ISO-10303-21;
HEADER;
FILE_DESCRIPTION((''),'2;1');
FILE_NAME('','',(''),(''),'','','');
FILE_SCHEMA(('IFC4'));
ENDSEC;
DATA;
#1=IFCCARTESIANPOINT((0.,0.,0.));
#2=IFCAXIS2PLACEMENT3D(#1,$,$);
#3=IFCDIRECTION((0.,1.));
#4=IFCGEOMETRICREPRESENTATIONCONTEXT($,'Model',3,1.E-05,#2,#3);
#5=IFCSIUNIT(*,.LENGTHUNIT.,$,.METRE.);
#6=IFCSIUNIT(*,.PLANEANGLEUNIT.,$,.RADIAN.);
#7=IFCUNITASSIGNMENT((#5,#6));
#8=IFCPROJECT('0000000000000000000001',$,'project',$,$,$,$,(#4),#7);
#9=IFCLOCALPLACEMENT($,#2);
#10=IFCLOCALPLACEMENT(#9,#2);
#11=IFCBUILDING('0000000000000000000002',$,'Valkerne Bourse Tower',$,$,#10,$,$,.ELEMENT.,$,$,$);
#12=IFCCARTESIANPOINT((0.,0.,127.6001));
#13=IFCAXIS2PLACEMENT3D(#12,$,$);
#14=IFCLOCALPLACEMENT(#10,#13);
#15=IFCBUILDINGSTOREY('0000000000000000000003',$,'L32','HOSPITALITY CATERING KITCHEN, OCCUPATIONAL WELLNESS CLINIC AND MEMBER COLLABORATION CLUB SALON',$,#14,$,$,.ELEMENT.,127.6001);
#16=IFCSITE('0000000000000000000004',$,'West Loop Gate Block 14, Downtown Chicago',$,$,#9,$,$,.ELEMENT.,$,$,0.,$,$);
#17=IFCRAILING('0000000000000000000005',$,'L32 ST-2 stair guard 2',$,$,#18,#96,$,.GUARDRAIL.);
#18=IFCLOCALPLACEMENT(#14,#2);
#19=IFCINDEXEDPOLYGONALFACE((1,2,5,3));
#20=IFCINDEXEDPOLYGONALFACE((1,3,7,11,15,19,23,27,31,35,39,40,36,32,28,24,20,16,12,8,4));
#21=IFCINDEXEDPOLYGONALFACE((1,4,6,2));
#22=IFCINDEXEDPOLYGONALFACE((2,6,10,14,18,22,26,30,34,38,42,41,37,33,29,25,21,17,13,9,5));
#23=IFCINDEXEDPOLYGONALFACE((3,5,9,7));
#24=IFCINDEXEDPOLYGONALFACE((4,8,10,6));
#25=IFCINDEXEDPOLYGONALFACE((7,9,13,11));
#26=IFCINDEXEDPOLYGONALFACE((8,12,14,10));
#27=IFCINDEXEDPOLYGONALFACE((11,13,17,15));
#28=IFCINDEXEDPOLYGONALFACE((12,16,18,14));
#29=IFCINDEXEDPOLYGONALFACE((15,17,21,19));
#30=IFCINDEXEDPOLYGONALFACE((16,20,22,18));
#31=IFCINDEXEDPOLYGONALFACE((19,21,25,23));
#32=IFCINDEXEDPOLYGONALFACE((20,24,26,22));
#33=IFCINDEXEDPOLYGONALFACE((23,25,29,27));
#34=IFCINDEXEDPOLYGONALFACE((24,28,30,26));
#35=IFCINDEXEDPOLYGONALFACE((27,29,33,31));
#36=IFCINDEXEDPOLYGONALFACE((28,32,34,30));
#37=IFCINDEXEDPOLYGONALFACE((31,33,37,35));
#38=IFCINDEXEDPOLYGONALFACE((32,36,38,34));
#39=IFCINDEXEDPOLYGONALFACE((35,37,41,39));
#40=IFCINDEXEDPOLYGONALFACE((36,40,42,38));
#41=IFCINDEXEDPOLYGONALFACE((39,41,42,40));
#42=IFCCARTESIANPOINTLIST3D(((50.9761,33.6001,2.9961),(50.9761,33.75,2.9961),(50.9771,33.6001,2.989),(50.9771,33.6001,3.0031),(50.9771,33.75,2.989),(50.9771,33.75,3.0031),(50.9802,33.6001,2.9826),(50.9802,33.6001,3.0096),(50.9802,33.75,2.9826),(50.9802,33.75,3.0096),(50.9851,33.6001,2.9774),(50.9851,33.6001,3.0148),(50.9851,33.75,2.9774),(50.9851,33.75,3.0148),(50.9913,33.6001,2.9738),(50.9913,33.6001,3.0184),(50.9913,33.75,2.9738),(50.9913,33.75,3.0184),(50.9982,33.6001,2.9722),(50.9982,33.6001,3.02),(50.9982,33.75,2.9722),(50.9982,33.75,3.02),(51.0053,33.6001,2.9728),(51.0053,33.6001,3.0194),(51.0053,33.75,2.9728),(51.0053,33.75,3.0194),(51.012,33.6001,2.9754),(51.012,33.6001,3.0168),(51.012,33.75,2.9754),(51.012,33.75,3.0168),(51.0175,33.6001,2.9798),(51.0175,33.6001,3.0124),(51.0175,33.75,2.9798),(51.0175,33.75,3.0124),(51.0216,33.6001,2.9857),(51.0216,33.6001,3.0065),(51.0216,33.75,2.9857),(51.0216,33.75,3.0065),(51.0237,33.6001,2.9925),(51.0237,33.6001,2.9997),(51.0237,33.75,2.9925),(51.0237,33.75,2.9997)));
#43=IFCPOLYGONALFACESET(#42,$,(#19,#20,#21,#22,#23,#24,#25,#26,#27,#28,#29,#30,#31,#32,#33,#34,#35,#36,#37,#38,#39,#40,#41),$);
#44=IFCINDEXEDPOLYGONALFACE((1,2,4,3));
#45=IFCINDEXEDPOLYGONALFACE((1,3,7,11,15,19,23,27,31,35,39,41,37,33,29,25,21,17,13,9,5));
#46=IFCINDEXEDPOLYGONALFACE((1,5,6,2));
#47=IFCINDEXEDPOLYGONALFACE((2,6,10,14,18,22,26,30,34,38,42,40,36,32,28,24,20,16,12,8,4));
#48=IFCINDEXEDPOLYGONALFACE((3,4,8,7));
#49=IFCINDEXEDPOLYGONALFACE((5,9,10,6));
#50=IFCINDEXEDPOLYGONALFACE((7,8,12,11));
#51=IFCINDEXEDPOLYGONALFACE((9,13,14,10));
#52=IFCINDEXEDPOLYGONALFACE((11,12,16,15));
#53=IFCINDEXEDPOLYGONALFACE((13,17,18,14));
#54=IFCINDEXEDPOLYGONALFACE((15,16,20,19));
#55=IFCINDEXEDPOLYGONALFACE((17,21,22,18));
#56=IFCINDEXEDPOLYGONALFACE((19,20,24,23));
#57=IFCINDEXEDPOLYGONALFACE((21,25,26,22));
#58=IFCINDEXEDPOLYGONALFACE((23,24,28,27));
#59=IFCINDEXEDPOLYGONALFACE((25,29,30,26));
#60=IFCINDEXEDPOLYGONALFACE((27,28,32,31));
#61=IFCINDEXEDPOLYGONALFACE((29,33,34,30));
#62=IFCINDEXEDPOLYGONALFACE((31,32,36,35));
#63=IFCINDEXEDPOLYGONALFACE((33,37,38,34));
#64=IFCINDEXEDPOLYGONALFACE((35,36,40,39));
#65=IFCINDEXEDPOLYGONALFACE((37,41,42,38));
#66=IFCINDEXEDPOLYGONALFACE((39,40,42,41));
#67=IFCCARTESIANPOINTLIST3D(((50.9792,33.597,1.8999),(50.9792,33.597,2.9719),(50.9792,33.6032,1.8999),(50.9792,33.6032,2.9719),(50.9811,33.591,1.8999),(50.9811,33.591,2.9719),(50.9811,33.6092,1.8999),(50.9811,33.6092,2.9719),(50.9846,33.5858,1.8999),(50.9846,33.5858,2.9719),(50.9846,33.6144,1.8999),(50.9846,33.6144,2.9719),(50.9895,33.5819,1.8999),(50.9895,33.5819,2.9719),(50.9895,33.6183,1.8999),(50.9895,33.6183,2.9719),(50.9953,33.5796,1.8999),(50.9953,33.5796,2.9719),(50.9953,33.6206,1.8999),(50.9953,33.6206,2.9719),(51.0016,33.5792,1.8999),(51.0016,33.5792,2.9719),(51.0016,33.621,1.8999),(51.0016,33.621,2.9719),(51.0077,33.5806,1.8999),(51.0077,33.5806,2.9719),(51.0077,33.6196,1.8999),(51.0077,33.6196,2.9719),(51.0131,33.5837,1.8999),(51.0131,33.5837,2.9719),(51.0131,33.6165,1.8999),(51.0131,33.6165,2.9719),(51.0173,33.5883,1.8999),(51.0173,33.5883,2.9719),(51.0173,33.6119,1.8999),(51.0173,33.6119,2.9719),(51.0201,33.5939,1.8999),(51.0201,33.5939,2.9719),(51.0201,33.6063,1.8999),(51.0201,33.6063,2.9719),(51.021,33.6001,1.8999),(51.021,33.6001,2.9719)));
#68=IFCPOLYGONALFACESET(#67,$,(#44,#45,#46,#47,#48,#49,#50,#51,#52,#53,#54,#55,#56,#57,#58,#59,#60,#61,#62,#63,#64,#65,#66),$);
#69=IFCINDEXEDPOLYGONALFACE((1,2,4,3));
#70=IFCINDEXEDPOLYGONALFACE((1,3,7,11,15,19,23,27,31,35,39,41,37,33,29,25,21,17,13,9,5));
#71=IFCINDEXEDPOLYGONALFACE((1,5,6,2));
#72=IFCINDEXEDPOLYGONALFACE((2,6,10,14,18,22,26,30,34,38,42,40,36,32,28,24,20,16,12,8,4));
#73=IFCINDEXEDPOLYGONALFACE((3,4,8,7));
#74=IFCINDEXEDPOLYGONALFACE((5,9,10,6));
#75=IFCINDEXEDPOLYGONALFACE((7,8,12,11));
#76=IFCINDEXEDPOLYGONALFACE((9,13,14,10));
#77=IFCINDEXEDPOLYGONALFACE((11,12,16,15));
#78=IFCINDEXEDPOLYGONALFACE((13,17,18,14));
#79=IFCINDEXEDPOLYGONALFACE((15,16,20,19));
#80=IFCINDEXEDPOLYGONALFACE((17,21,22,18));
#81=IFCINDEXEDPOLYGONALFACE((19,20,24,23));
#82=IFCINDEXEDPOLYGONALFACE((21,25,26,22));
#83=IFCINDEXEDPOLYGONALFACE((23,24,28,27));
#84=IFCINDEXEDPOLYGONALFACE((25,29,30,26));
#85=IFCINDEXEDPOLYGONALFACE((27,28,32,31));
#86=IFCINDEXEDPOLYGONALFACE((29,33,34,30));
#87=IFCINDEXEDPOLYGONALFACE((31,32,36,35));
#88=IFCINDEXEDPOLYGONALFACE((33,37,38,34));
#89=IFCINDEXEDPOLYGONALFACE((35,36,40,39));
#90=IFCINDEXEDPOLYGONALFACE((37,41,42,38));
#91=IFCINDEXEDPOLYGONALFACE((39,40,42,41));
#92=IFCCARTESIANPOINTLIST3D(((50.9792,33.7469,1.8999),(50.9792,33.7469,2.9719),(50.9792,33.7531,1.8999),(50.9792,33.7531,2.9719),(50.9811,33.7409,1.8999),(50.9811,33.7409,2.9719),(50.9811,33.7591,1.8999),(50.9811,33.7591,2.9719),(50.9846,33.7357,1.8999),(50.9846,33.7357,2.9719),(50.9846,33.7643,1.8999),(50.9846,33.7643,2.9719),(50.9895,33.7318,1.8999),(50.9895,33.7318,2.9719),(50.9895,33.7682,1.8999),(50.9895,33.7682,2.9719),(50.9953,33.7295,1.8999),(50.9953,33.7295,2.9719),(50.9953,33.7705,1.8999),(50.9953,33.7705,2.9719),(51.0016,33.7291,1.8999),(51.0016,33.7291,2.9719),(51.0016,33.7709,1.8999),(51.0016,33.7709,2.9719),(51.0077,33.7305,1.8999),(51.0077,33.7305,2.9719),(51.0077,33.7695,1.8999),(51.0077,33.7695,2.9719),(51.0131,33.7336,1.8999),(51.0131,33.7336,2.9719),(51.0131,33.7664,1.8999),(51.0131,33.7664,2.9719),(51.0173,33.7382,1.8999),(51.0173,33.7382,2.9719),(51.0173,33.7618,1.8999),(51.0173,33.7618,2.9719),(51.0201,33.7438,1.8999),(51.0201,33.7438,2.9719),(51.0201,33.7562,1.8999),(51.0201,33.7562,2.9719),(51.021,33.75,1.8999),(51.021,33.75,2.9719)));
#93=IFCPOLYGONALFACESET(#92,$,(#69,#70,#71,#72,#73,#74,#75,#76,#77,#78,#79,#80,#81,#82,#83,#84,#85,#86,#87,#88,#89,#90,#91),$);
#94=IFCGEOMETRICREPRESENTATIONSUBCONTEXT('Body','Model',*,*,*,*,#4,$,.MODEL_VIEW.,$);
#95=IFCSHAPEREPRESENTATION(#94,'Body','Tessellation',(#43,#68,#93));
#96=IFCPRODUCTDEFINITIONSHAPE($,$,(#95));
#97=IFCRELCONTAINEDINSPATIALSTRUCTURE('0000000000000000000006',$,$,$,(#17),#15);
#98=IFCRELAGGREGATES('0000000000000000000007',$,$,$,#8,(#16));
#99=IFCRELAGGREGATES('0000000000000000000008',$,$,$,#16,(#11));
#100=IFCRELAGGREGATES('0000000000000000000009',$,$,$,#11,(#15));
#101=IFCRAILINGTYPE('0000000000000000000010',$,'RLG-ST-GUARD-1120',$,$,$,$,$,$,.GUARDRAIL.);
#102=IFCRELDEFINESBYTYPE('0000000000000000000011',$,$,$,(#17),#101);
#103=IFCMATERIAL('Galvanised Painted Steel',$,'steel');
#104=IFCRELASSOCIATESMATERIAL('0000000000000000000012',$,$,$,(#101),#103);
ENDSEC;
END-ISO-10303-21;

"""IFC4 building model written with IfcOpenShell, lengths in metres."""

from ifc_helpers import new_model, si_unit, direction, frame, origin, origin_2d, place, context, subcontext, project, spatial, circle, extrude, material, type_object, element, save


model = new_model("IFC4")

# Units and contexts
model_context = context("Model", 3, precision=1e-05, world=origin(), true_north=direction((0.0, 1.0)))
body_context = subcontext(model_context, "Body", "Model", "MODEL_VIEW")
ifc_project = project(units=[si_unit("LENGTHUNIT", "METRE"), si_unit("PLANEANGLEUNIT", "RADIAN")], contexts=[model_context])

# Site, building, storey
site_placement = place(None, origin())
site = spatial("IfcSite", under=ifc_project, at=site_placement, Name="West Loop Gate Block 14, Downtown Chicago", CompositionType="ELEMENT", RefElevation=0.0)
building_placement = place(site_placement, origin())
building = spatial("IfcBuilding", under=site, at=building_placement, Name="Valkerne Bourse Tower", CompositionType="ELEMENT")
storey_placement = place(building_placement, frame((0.0, 0.0, 127.6001)))
storey = spatial("IfcBuildingStorey", under=building, at=storey_placement, Name="L32", Description="HOSPITALITY CATERING KITCHEN, OCCUPATIONAL WELLNESS CLINIC AND MEMBER COLLABORATION CLUB SALON", CompositionType="ELEMENT", Elevation=127.6001)

# Railing
ifc_material_1 = material(Name="Galvanised Painted Steel", Category="steel")
railing_type_1 = type_object("IfcRailingType", Name="RLG-ST-GUARD-1120", PredefinedType="GUARDRAIL", material=ifc_material_1)
railing_1_placement = place(storey_placement, frame((51.0, 33.6001, 1.8999)))
element("IfcRailing", 1, at=railing_1_placement, inside=storey, type_object=railing_type_1, Name="L32 ST-2 stair guard 2", PredefinedType="GUARDRAIL", context=body_context, shape_type="SweptSolid", body=[
    extrude(circle(Radius=0.0239, at=origin_2d()), frame((0.0, 0.0, 1.0962), z_axis=(0.0, 1.0, 0.0), x_axis=(-1.0, 0.0, 0.0)), (0.0, 0.0, 1.0), 0.1499),
    extrude(circle(Radius=0.021, at=origin_2d()), origin(), (0.0, 0.0, 1.0), 1.072),
    extrude(circle(Radius=0.021, at=origin_2d()), frame((0.0, 0.1499, 0.0)), (0.0, 0.0, 1.0), 1.072),
])

save(model, "model.ifc")
